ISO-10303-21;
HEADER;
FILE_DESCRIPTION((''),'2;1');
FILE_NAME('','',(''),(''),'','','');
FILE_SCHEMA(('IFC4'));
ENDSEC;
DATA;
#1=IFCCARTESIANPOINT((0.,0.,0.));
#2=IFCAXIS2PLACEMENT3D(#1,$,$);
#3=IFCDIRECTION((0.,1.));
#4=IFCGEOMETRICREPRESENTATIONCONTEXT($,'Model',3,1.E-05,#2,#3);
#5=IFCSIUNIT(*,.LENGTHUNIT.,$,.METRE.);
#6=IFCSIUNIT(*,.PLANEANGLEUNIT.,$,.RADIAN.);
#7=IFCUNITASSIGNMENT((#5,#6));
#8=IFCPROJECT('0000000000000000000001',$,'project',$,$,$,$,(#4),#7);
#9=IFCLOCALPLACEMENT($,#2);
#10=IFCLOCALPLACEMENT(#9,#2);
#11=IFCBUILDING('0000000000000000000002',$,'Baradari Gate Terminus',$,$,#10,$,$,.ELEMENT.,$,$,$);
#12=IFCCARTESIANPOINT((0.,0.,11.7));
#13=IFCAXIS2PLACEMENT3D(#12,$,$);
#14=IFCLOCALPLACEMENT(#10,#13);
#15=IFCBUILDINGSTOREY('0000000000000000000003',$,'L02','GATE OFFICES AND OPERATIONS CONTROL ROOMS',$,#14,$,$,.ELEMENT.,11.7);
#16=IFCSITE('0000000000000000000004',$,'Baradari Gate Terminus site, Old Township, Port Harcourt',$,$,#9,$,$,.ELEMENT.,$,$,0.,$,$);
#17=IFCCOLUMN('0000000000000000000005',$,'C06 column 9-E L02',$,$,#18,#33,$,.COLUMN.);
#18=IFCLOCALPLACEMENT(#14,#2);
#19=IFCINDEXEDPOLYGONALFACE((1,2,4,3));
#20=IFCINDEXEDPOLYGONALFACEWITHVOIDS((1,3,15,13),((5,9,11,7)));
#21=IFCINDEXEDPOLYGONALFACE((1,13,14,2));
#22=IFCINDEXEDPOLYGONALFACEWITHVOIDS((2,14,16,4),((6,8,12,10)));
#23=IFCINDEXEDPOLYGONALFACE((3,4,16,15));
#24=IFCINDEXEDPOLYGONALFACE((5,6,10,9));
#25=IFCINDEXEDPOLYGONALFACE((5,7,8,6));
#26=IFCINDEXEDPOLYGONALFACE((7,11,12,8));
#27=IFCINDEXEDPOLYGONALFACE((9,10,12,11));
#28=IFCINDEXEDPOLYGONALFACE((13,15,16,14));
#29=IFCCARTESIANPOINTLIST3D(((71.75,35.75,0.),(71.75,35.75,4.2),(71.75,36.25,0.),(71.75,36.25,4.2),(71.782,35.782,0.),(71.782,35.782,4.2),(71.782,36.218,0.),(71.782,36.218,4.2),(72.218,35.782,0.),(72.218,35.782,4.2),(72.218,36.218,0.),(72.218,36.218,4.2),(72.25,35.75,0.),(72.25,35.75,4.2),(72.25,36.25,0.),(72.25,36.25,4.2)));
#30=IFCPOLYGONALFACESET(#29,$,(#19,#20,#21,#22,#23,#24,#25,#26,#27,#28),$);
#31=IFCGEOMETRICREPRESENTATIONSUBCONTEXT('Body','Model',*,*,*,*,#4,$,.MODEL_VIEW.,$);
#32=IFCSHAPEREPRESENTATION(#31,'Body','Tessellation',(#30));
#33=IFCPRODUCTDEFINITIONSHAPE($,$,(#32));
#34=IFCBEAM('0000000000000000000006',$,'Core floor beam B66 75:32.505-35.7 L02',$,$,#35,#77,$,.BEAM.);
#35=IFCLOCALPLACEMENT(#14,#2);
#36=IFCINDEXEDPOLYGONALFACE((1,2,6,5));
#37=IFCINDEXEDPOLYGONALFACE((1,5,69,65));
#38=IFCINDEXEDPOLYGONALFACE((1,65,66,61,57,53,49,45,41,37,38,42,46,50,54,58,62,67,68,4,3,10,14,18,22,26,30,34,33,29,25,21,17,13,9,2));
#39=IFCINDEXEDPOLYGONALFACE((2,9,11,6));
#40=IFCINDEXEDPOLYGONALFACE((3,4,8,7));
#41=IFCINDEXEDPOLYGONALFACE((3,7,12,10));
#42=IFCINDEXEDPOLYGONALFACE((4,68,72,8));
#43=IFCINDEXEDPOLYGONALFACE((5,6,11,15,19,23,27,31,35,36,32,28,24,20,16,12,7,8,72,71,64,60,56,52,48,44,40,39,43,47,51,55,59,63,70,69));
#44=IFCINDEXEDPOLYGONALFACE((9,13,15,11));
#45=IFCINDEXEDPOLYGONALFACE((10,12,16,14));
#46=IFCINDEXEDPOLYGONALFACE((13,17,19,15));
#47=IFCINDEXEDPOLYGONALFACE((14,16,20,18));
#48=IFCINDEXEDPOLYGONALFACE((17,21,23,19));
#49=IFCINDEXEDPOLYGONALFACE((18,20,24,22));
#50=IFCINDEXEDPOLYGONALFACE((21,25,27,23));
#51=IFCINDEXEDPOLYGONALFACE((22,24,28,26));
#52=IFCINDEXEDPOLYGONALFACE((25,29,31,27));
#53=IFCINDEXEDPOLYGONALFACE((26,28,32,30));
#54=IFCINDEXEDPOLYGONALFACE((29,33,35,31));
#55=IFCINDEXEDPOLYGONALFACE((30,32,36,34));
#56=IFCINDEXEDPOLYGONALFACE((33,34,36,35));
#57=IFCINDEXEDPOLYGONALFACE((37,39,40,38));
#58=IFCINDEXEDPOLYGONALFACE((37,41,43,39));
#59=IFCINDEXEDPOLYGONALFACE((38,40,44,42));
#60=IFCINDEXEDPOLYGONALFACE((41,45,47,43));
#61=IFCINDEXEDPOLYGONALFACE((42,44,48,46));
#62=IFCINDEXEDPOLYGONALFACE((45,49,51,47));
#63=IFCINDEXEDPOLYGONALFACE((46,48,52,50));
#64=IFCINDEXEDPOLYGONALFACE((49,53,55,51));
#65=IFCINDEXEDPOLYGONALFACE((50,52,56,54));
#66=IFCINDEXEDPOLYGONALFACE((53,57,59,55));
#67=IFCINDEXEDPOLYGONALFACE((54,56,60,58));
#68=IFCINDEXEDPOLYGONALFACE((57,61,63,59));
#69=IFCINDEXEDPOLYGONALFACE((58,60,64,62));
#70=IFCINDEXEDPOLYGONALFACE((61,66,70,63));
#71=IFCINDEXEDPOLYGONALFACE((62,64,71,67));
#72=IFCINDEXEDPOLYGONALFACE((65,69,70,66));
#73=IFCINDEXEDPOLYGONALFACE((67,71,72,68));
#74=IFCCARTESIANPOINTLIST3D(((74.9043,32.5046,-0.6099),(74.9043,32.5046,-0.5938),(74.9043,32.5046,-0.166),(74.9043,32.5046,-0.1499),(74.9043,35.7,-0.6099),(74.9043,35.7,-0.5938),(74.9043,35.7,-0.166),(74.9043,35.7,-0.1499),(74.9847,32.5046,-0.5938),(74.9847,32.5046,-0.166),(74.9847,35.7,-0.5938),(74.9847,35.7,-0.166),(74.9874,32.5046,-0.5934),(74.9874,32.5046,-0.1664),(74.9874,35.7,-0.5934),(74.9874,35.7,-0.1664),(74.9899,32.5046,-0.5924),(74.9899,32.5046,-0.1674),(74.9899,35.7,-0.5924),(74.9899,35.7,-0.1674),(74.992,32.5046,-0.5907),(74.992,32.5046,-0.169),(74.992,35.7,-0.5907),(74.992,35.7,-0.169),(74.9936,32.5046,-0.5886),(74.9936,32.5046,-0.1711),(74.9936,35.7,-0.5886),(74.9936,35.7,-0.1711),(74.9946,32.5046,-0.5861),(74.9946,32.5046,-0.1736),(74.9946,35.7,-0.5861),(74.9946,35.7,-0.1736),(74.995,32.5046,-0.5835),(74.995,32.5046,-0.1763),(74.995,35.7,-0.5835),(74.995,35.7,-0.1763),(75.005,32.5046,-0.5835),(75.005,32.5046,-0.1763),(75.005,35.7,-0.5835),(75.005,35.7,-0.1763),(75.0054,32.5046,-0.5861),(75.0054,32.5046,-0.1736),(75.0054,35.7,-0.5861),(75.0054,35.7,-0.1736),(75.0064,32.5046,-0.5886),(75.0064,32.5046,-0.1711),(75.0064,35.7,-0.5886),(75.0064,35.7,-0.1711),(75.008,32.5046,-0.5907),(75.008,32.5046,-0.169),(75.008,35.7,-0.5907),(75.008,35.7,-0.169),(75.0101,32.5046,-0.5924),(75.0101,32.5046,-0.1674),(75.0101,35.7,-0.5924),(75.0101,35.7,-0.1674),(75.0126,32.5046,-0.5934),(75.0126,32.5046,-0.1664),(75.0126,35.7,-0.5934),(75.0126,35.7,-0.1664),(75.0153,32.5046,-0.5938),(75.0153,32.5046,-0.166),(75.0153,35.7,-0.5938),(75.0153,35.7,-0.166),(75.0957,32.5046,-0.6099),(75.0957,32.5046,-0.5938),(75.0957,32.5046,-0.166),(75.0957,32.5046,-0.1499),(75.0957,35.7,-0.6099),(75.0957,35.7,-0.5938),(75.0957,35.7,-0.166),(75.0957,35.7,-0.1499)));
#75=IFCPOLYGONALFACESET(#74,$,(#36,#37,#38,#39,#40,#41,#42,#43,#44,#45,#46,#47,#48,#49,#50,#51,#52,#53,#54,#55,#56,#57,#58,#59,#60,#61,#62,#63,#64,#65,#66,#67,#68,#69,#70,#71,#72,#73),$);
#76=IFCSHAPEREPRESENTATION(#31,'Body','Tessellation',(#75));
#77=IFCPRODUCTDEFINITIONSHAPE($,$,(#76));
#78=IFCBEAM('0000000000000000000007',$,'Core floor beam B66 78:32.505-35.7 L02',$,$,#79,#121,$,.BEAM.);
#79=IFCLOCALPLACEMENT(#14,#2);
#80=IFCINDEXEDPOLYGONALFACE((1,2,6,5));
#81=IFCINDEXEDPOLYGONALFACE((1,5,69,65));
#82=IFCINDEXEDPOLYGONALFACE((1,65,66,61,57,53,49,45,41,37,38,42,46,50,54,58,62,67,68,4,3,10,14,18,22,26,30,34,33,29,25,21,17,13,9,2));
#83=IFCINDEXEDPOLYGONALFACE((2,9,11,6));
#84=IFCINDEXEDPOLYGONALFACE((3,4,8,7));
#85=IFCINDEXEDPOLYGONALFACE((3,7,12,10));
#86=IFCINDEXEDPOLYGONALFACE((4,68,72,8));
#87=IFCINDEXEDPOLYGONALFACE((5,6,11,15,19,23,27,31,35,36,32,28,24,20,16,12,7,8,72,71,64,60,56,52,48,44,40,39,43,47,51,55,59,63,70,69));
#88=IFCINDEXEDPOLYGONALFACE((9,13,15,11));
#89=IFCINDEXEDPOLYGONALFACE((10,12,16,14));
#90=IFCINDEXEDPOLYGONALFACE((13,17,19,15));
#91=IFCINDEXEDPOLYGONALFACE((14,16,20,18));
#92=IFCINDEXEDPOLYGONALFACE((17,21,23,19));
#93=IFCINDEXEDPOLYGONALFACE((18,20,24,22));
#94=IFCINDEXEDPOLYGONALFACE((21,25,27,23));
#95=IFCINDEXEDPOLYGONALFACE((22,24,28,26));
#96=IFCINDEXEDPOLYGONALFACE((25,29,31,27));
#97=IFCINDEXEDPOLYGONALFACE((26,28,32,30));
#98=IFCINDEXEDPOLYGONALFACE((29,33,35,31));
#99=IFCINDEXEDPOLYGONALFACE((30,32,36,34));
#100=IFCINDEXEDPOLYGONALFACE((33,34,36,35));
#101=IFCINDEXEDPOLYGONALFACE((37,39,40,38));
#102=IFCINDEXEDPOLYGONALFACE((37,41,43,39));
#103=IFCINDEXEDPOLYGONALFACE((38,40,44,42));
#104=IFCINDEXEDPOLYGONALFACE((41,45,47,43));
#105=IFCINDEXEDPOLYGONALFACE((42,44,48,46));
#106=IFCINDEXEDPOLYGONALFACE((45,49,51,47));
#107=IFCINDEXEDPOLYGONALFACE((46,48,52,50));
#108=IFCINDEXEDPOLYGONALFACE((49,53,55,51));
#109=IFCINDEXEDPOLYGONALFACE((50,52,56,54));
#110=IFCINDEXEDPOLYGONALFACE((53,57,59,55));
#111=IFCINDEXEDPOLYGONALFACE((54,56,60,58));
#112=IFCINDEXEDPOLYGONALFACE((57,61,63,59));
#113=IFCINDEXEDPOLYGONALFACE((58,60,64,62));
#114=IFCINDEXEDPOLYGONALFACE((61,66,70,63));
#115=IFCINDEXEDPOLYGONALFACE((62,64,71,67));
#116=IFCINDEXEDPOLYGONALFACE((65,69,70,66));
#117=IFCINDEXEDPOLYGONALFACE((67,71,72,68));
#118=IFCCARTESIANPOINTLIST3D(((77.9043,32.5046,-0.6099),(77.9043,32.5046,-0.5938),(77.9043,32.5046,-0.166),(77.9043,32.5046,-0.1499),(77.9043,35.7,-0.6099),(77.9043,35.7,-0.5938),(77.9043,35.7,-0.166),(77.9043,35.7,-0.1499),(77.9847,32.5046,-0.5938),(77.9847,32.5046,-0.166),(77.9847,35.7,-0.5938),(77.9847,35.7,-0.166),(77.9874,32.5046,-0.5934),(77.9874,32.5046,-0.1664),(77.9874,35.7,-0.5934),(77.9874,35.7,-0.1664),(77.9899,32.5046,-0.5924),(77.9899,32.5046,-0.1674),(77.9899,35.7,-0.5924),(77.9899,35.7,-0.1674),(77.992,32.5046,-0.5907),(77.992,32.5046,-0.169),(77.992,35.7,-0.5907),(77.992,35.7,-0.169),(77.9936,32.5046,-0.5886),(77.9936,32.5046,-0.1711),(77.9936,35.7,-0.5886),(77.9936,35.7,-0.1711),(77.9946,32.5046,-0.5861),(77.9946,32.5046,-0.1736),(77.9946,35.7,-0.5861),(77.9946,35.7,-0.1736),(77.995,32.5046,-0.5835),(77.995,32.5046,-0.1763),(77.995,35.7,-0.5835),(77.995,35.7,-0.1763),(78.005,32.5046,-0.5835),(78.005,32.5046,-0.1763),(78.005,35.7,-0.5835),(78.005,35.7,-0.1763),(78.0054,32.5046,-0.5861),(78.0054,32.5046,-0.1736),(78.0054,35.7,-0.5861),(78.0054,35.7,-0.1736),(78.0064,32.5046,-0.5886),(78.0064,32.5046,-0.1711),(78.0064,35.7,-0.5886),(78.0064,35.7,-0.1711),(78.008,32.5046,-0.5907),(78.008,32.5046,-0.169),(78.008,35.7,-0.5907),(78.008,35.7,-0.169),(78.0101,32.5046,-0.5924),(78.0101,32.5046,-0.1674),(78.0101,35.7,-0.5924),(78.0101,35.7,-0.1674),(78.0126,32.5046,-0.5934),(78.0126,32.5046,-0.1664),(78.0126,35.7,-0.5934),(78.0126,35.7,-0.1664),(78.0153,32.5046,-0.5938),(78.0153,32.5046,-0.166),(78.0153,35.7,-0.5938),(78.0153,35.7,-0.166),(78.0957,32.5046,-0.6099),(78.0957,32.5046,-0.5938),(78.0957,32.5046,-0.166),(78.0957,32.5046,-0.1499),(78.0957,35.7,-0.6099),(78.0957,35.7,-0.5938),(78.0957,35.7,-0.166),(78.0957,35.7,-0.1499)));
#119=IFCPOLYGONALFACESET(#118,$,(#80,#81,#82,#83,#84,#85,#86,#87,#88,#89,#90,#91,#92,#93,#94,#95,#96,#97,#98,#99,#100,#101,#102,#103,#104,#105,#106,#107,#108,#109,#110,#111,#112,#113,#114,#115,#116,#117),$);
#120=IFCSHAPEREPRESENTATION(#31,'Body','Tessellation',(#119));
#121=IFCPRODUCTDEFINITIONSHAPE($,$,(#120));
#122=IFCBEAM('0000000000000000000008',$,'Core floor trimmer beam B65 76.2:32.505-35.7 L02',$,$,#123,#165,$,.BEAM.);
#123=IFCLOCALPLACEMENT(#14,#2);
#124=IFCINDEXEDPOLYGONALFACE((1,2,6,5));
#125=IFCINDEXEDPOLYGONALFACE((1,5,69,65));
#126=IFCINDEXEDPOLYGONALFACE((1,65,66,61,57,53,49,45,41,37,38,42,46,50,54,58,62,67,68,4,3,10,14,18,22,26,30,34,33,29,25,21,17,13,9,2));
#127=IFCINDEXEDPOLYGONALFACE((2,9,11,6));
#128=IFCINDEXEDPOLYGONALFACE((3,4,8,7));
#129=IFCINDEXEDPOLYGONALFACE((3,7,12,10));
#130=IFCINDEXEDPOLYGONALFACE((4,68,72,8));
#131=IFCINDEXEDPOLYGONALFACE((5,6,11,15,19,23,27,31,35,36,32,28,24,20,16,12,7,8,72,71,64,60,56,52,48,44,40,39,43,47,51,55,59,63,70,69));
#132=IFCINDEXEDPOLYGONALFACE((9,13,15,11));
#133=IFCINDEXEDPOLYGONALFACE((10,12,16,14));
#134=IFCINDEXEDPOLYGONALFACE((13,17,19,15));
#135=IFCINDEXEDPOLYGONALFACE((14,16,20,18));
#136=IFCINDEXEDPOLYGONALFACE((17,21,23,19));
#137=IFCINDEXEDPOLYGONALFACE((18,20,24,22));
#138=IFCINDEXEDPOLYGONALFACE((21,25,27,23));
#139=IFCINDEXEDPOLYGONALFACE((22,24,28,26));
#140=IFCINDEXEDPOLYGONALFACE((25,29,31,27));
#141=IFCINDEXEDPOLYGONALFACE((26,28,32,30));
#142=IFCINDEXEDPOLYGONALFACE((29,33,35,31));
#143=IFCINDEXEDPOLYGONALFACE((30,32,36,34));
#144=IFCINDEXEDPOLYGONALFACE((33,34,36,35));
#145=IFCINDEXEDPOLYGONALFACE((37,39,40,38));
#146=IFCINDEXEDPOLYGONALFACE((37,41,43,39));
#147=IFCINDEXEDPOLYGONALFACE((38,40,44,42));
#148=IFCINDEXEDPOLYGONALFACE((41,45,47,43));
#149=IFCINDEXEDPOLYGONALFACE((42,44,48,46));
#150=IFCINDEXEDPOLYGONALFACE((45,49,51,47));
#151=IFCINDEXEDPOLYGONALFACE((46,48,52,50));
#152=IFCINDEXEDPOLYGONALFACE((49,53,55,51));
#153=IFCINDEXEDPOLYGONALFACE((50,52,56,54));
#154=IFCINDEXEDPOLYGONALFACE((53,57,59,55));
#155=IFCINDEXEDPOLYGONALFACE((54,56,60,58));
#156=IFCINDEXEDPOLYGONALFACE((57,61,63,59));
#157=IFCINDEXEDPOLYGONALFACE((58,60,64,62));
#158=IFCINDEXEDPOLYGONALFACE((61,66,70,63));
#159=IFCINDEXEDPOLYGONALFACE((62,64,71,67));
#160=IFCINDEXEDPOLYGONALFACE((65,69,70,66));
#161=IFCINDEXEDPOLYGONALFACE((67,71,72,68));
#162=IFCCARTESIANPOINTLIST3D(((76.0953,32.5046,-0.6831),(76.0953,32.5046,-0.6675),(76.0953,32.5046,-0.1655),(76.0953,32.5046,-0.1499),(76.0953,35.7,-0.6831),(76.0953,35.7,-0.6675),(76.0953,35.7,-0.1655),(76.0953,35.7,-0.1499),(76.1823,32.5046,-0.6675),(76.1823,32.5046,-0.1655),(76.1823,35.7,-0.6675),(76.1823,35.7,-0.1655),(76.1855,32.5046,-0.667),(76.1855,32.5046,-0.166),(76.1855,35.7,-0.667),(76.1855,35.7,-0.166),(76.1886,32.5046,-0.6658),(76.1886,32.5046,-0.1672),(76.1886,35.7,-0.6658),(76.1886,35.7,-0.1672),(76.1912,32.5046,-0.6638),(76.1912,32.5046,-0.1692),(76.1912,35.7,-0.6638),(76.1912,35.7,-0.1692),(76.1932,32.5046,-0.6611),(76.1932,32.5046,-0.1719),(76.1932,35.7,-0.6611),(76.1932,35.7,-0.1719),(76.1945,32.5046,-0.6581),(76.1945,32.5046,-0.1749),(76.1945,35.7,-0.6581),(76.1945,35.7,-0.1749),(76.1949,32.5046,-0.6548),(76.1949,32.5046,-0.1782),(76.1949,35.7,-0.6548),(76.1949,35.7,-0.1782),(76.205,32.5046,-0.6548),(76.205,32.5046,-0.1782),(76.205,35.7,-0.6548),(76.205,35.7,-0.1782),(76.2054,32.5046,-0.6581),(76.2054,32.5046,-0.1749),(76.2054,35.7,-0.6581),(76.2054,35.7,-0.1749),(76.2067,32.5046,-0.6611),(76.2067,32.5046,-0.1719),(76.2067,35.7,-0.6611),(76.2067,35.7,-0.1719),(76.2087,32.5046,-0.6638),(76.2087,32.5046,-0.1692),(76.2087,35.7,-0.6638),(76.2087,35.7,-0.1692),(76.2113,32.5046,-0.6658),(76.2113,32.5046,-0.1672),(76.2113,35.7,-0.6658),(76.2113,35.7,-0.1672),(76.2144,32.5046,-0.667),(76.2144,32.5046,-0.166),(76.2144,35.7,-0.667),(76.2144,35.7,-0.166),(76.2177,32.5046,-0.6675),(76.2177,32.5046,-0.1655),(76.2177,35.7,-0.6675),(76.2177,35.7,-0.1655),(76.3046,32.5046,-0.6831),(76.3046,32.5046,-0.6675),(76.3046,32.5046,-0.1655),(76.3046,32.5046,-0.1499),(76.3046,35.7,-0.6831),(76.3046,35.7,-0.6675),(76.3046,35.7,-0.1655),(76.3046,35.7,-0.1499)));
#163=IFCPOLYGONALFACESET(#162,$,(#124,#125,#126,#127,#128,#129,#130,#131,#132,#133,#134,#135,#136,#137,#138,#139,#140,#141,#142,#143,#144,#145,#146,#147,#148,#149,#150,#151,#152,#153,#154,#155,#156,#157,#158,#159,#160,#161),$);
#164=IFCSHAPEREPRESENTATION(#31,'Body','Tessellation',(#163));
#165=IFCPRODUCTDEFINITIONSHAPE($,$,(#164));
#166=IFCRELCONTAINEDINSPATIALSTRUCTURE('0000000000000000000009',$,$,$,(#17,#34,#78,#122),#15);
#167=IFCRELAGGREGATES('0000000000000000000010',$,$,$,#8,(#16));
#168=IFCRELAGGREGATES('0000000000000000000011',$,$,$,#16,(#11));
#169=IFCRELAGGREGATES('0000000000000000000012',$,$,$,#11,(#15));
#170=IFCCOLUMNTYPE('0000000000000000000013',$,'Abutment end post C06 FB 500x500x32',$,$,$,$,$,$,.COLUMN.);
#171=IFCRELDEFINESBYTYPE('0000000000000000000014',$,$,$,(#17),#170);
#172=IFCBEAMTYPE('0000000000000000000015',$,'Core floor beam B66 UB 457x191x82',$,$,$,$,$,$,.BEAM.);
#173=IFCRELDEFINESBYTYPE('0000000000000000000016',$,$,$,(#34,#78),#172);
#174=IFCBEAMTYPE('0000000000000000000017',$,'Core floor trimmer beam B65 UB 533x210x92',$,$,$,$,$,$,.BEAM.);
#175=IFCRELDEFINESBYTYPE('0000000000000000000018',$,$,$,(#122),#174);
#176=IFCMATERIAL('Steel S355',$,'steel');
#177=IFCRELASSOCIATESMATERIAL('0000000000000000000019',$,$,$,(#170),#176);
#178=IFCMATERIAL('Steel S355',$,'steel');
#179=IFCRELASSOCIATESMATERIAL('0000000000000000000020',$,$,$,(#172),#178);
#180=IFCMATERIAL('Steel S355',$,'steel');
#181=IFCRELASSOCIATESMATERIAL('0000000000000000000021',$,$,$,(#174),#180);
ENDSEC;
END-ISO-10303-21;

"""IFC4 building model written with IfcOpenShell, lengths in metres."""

from ifc_helpers import new_model, si_unit, direction, frame, origin, origin_2d, place, context, subcontext, project, spatial, hollow_rectangle, i_section, extrude, material, material_profile, profile_set, type_object, element, save


model = new_model("IFC4")

# Units and contexts
model_context = context("Model", 3, precision=1e-05, world=origin(), true_north=direction((0.0, 1.0)))
body_context = subcontext(model_context, "Body", "Model", "MODEL_VIEW")
ifc_project = project(units=[si_unit("LENGTHUNIT", "METRE"), si_unit("PLANEANGLEUNIT", "RADIAN")], contexts=[model_context])

# Site, building, storey
site_placement = place(None, origin())
site = spatial("IfcSite", under=ifc_project, at=site_placement, Name="Baradari Gate Terminus site, Old Township, Port Harcourt", CompositionType="ELEMENT", RefElevation=0.0)
building_placement = place(site_placement, origin())
building = spatial("IfcBuilding", under=site, at=building_placement, Name="Baradari Gate Terminus", CompositionType="ELEMENT")
storey_placement = place(building_placement, frame((0.0, 0.0, 11.7)))
storey = spatial("IfcBuildingStorey", under=building, at=storey_placement, Name="L02", Description="GATE OFFICES AND OPERATIONS CONTROL ROOMS", CompositionType="ELEMENT", Elevation=11.7)

# Column
ifc_material_1 = material(Name="Steel S355", Category="steel")
ifc_material_profile_1 = material_profile(ifc_material_1, hollow_rectangle(XDim=0.5, YDim=0.5, WallThickness=0.032, at=origin_2d()), Name="FB 500x500x32")
ifc_profile_set_1 = profile_set([ifc_material_profile_1], Name="Steel S355")
column_type = type_object("IfcColumnType", Name="Abutment end post C06 FB 500x500x32", PredefinedType="COLUMN", material=ifc_profile_set_1)
column_placement = place(storey_placement, frame((72.0, 36.0, 0.0), z_axis=(0.0, 0.0, 1.0), x_axis=(1.0, 0.0, 0.0)))
element("IfcColumn", 1, at=column_placement, inside=storey, type_object=column_type, Name="C06 column 9-E L02", PredefinedType="COLUMN", context=body_context, shape_type="SweptSolid", body=[
    extrude(hollow_rectangle(XDim=0.5, YDim=0.5, WallThickness=0.032, at=origin_2d()), origin(), (0.0, 0.0, 1.0), 4.2),
])

# Beams
ifc_material_2 = material(Name="Steel S355", Category="steel")
ifc_material_profile_2 = material_profile(ifc_material_2, i_section(OverallWidth=0.1914, OverallDepth=0.46, WebThickness=0.01, FlangeThickness=0.0161, FilletRadius=0.0103, at=origin_2d()), Name="UB 457x191x82")
ifc_profile_set_2 = profile_set([ifc_material_profile_2], Name="Steel S355")
beam_type_1 = type_object("IfcBeamType", Name="Core floor beam B66 UB 457x191x82", PredefinedType="BEAM", material=ifc_profile_set_2)
for number, where, z_axis, x_axis, name in (
    (2, (75.0, 32.5046, -0.3799), (0.0, 1.0, 0.0), (-1.0, 0.0, 0.0), "Core floor beam B66 75:32.505-35.7 L02"),
    (3, (78.0, 32.5046, -0.3799), (0.0, 1.0, 0.0), (-1.0, 0.0, 0.0), "Core floor beam B66 78:32.505-35.7 L02"),
):
    element("IfcBeam", number, at=place(storey_placement, frame(where, z_axis=z_axis, x_axis=x_axis)), inside=storey, type_object=beam_type_1, Name=name, PredefinedType="BEAM", context=body_context, shape_type="SweptSolid", body=[
        extrude(i_section(OverallWidth=0.1914, OverallDepth=0.46, WebThickness=0.01, FlangeThickness=0.0161, FilletRadius=0.0103, at=origin_2d()), origin(), (0.0, 0.0, 1.0), 3.1953),
    ])
ifc_material_3 = material(Name="Steel S355", Category="steel")
ifc_material_profile_3 = material_profile(ifc_material_3, i_section(OverallWidth=0.2092, OverallDepth=0.5332, WebThickness=0.01, FlangeThickness=0.0156, FilletRadius=0.0127, at=origin_2d()), Name="UB 533x210x92")
ifc_profile_set_3 = profile_set([ifc_material_profile_3], Name="Steel S355")
beam_type_2 = type_object("IfcBeamType", Name="Core floor trimmer beam B65 UB 533x210x92", PredefinedType="BEAM", material=ifc_profile_set_3)
for number, where, z_axis, x_axis, name in (
    (4, (76.2, 32.5046, -0.4165), (0.0, 1.0, 0.0), (-1.0, 0.0, 0.0), "Core floor trimmer beam B65 76.2:32.505-35.7 L02"),
):
    element("IfcBeam", number, at=place(storey_placement, frame(where, z_axis=z_axis, x_axis=x_axis)), inside=storey, type_object=beam_type_2, Name=name, PredefinedType="BEAM", context=body_context, shape_type="SweptSolid", body=[
        extrude(i_section(OverallWidth=0.2092, OverallDepth=0.5332, WebThickness=0.01, FlangeThickness=0.0156, FilletRadius=0.0127, at=origin_2d()), origin(), (0.0, 0.0, 1.0), 3.1953),
    ])

save(model, "model.ifc")
